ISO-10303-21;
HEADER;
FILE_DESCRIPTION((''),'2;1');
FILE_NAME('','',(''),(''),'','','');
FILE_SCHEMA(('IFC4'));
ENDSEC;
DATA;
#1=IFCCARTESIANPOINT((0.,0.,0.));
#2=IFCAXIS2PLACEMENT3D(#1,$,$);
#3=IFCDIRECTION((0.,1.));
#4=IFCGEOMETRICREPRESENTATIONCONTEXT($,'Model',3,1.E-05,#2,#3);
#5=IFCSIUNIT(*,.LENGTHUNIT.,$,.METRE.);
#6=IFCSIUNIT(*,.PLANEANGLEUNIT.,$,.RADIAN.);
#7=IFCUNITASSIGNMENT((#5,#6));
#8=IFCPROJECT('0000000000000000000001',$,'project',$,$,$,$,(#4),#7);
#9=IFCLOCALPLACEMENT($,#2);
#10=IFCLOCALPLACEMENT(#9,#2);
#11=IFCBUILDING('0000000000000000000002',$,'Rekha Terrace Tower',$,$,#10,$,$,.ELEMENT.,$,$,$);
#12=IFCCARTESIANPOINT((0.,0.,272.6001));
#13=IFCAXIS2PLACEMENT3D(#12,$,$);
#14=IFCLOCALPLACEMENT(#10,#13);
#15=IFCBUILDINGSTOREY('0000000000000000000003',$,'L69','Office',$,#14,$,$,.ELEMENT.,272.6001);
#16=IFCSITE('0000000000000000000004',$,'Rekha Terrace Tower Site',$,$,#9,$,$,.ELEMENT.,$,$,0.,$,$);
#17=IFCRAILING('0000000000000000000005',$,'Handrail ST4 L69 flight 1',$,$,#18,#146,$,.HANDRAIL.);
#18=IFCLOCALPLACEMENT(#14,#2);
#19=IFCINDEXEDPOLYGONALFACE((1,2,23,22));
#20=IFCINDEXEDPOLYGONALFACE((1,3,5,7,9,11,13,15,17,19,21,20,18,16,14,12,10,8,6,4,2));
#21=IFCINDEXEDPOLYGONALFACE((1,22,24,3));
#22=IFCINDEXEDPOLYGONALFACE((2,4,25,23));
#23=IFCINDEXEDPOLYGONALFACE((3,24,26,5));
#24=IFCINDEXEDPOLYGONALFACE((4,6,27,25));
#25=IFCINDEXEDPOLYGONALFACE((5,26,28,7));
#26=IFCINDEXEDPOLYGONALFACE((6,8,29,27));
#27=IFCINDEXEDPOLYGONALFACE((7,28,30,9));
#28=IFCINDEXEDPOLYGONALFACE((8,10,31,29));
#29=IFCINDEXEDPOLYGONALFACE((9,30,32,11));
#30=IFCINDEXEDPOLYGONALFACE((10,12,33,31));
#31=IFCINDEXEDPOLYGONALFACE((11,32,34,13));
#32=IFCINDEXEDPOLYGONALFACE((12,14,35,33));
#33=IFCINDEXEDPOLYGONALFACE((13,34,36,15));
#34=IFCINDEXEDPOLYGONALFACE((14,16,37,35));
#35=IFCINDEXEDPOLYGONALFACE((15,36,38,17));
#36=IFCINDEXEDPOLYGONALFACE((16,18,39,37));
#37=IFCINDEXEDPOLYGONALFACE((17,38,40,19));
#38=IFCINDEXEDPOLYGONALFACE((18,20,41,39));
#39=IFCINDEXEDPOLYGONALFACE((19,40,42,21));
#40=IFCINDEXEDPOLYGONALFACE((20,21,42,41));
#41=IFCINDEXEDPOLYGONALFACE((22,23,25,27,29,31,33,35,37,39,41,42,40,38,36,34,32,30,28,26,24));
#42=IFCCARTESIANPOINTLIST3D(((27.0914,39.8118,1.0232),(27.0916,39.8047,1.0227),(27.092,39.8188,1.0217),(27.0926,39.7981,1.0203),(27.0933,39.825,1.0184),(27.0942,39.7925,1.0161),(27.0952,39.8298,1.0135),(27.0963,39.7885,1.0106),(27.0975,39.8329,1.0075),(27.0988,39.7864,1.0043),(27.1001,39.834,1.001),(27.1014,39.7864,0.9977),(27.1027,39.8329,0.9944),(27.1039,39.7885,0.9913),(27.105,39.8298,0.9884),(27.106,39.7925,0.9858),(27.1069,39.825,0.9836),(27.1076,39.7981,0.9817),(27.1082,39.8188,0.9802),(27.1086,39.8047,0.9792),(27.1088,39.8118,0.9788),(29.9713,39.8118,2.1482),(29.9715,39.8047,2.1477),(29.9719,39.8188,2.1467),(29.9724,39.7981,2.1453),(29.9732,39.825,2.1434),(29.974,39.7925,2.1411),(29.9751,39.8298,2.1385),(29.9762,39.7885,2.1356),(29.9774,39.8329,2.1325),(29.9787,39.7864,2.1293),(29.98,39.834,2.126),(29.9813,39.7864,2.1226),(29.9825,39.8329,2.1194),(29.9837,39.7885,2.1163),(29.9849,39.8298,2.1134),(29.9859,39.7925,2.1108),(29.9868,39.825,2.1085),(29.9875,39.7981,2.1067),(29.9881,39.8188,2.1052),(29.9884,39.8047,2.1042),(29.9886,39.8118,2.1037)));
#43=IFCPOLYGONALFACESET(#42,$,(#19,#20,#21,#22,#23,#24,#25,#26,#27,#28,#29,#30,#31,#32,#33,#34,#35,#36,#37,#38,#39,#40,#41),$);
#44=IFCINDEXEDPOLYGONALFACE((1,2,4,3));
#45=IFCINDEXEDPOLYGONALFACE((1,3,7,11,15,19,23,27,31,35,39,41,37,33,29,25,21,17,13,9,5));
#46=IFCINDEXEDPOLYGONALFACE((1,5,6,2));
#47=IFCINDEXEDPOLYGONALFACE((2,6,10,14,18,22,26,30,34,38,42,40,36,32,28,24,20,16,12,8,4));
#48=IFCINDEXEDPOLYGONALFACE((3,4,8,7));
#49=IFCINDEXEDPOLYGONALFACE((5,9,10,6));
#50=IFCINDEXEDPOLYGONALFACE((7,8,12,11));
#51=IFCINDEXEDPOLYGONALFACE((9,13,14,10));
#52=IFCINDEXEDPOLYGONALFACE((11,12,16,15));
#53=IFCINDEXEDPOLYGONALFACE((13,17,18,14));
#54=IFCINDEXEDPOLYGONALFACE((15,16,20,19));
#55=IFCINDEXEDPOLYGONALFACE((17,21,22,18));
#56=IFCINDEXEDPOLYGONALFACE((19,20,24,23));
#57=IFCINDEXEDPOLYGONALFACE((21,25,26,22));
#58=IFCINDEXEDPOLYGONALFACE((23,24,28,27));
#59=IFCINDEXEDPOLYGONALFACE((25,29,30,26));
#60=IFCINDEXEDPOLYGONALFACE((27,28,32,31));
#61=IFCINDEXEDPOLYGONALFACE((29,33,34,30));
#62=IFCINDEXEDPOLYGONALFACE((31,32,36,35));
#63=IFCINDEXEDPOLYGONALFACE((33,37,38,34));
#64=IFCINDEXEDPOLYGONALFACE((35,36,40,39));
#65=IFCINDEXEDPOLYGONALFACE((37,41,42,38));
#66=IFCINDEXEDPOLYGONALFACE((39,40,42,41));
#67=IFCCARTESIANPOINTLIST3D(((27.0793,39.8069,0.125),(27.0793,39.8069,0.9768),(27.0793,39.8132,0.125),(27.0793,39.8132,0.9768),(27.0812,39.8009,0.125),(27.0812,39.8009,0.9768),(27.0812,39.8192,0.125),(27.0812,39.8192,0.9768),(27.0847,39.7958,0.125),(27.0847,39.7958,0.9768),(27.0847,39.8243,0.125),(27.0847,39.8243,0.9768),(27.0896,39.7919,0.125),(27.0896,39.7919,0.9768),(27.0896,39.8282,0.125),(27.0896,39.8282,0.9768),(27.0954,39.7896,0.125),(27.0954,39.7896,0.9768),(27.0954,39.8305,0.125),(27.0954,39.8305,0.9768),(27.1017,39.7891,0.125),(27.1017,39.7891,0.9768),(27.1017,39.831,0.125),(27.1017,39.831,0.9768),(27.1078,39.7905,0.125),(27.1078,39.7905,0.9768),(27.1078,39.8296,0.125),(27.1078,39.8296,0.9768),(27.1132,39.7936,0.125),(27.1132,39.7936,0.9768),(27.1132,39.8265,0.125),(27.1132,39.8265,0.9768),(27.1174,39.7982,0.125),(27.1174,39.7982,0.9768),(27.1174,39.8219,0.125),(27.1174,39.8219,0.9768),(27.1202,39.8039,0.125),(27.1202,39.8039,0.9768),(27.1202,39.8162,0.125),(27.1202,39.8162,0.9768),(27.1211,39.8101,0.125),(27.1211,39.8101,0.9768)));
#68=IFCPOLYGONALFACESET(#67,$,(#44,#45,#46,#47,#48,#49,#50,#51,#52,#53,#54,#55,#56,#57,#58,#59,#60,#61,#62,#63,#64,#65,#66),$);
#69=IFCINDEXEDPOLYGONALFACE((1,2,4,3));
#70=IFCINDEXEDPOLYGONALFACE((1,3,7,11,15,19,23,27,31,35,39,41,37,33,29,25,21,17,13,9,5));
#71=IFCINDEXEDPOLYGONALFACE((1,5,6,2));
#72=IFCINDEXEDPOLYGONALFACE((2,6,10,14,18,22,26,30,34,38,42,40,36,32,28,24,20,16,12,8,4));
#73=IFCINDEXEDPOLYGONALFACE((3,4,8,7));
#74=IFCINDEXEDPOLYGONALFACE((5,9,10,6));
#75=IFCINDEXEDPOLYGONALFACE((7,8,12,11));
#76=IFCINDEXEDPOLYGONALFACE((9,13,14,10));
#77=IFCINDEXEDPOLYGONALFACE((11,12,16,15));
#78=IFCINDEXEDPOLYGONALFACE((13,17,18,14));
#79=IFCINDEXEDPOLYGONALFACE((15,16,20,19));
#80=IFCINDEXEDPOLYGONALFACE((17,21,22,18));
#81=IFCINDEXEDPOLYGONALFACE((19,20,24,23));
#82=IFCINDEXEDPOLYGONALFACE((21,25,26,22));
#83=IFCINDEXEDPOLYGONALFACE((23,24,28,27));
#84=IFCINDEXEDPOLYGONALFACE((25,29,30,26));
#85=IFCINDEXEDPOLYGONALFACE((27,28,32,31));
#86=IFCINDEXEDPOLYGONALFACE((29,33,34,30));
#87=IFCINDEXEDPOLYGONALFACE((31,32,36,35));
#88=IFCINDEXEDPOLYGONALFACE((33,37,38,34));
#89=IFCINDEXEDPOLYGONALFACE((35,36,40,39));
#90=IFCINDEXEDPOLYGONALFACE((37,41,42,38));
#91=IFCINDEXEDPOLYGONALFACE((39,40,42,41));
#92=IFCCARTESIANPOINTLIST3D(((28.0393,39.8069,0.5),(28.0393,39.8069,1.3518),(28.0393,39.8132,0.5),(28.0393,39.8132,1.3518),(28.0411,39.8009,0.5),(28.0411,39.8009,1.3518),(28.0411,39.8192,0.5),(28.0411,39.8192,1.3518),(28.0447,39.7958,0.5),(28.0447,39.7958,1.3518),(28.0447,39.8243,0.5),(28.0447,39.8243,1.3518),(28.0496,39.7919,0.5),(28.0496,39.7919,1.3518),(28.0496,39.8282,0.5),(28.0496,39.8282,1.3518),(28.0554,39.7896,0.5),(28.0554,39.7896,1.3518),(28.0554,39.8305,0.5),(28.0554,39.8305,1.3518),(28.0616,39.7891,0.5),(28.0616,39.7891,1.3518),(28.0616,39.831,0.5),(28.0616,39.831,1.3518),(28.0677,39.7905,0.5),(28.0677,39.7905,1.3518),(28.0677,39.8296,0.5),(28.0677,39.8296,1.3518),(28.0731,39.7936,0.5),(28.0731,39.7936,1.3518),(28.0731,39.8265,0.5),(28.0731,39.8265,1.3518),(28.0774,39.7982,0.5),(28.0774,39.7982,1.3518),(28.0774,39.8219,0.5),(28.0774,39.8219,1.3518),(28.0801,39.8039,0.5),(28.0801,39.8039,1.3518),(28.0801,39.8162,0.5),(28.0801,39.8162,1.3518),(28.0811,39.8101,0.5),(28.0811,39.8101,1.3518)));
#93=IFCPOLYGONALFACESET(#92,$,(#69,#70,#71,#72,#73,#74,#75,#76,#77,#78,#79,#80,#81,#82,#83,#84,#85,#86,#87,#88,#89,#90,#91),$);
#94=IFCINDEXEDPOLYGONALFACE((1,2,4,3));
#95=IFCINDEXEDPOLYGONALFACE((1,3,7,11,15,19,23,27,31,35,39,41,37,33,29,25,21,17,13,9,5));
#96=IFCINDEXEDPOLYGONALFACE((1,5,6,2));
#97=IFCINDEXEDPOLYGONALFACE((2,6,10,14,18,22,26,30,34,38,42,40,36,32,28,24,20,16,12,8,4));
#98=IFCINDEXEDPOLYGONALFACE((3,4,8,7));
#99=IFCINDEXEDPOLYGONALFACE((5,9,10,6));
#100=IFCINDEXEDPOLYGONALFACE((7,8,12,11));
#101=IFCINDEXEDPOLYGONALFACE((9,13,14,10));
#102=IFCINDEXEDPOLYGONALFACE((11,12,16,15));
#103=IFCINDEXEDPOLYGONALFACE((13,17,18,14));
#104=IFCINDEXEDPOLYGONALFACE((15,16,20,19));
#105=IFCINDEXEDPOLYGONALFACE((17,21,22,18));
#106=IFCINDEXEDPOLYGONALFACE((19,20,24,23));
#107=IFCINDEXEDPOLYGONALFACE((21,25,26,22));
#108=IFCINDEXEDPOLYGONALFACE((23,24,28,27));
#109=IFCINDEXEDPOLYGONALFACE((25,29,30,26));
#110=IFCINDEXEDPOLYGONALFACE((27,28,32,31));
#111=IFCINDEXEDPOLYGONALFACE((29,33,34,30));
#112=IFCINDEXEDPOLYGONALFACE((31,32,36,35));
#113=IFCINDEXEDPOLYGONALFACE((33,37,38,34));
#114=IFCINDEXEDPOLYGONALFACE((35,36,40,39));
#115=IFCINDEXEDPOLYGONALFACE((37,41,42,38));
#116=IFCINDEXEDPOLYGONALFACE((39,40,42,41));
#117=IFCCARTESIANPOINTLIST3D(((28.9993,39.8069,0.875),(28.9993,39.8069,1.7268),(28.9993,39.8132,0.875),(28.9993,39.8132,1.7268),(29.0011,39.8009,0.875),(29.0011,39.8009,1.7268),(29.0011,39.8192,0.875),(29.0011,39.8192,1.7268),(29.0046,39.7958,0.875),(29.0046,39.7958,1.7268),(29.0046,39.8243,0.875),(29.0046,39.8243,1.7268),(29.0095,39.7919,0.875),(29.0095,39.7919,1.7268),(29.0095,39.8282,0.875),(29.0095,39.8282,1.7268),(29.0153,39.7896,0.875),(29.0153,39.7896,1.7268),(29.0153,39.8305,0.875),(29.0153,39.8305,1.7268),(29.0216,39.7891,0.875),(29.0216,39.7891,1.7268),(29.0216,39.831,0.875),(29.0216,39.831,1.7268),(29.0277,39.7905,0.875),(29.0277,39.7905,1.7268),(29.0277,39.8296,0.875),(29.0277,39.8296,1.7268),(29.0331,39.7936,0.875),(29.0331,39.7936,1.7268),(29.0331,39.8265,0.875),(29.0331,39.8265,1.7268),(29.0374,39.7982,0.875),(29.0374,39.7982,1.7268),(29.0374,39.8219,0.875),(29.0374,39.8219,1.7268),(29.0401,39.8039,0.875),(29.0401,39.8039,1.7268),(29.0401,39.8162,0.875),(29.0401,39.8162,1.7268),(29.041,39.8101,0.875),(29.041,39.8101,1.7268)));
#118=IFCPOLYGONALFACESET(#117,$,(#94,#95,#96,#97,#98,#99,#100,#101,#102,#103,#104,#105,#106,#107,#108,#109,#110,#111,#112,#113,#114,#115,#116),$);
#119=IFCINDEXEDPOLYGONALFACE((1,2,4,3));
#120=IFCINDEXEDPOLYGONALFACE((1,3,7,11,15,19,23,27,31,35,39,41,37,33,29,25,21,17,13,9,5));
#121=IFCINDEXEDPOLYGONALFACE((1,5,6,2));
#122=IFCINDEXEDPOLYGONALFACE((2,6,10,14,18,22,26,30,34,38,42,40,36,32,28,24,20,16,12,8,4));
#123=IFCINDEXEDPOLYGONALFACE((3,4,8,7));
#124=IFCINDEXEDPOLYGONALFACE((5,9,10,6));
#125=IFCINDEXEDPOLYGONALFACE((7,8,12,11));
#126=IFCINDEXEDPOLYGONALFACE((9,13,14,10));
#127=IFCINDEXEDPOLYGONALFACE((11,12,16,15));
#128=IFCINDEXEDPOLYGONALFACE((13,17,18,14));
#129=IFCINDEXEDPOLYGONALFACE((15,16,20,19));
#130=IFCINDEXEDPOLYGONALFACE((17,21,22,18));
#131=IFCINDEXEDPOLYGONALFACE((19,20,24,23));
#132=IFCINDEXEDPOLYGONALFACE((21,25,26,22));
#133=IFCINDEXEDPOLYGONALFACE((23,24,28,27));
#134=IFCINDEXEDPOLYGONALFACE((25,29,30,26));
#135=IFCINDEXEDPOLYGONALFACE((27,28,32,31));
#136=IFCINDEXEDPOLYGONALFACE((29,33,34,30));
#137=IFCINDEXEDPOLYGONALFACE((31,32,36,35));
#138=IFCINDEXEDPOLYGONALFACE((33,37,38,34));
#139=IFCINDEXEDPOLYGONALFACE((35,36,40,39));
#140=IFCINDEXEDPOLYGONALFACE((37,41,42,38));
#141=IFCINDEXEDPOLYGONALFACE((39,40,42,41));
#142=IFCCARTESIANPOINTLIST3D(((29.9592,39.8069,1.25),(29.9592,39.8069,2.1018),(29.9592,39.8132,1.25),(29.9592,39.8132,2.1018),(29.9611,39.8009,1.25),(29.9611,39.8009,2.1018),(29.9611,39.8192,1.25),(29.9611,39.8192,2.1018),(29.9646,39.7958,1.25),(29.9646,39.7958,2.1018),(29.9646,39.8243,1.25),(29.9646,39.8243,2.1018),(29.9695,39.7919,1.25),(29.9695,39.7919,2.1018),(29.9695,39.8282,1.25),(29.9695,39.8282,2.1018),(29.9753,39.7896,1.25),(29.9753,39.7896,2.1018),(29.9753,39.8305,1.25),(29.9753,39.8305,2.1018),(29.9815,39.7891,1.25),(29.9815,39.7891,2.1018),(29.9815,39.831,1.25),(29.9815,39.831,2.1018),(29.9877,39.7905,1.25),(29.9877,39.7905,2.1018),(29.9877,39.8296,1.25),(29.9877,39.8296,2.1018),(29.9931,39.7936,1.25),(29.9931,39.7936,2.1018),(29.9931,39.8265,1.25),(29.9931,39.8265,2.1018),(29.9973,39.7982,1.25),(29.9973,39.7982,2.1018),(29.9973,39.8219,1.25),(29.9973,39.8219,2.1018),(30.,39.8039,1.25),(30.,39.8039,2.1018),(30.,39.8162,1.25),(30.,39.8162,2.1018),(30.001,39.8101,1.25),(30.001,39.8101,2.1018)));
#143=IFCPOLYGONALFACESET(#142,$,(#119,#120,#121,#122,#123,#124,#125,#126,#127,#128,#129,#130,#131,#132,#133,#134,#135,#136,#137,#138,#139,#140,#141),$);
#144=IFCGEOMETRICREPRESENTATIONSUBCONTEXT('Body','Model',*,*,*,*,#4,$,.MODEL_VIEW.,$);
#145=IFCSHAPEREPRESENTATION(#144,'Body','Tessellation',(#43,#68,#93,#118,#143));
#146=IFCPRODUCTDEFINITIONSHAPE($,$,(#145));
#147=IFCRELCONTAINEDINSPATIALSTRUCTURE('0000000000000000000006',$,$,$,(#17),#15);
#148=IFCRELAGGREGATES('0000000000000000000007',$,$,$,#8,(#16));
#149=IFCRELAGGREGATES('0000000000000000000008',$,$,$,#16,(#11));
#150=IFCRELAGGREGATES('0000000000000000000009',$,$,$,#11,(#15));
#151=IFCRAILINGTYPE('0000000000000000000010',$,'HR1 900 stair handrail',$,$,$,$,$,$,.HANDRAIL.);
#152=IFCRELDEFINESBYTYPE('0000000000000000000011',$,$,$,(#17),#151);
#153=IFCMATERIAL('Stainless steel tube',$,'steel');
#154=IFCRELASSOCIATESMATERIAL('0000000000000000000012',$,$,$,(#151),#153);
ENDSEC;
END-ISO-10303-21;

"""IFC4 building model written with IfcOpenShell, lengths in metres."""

from ifc_helpers import new_model, si_unit, direction, frame, origin, origin_2d, place, context, subcontext, project, spatial, circle, extrude, material, type_object, element, save


model = new_model("IFC4")

# Units and contexts
model_context = context("Model", 3, precision=1e-05, world=origin(), true_north=direction((0.0, 1.0)))
body_context = subcontext(model_context, "Body", "Model", "MODEL_VIEW")
ifc_project = project(units=[si_unit("LENGTHUNIT", "METRE"), si_unit("PLANEANGLEUNIT", "RADIAN")], contexts=[model_context])

# Site, building, storey
site_placement = place(None, origin())
site = spatial("IfcSite", under=ifc_project, at=site_placement, Name="Rekha Terrace Tower Site", CompositionType="ELEMENT", RefElevation=0.0)
building_placement = place(site_placement, origin())
building = spatial("IfcBuilding", under=site, at=building_placement, Name="Rekha Terrace Tower", CompositionType="ELEMENT")
storey_placement = place(building_placement, frame((0.0, 0.0, 272.6001)))
storey = spatial("IfcBuildingStorey", under=building, at=storey_placement, Name="L69", Description="Office", CompositionType="ELEMENT", Elevation=272.6001)

# Railing
ifc_material_1 = material(Name="Stainless steel tube", Category="steel")
railing_type_1 = type_object("IfcRailingType", Name="HR1 900 stair handrail", PredefinedType="HANDRAIL", material=ifc_material_1)
railing_1_placement = place(storey_placement, frame((27.1001, 39.8101, 0.125)))
element("IfcRailing", 1, at=railing_1_placement, inside=storey, type_object=railing_type_1, Name="Handrail ST4 L69 flight 1", PredefinedType="HANDRAIL", context=body_context, shape_type="SweptSolid", body=[
    extrude(circle(Radius=0.0239, at=origin_2d()), frame((0.0, 0.0, 0.876), z_axis=(0.931452, 0.0, 0.363863), x_axis=(0.0, 1.0, 0.0)), (0.0, 0.0, 1.0), 3.0918),
    extrude(circle(Radius=0.021, at=origin_2d()), origin(), (0.0, 0.0, 1.0), 0.8518),
    extrude(circle(Radius=0.021, at=origin_2d()), frame((0.96, 0.0, 0.375)), (0.0, 0.0, 1.0), 0.8518),
    extrude(circle(Radius=0.021, at=origin_2d()), frame((1.9199, 0.0, 0.75)), (0.0, 0.0, 1.0), 0.8518),
    extrude(circle(Radius=0.021, at=origin_2d()), frame((2.8799, 0.0, 1.125)), (0.0, 0.0, 1.0), 0.8518),
])

save(model, "model.ifc")
